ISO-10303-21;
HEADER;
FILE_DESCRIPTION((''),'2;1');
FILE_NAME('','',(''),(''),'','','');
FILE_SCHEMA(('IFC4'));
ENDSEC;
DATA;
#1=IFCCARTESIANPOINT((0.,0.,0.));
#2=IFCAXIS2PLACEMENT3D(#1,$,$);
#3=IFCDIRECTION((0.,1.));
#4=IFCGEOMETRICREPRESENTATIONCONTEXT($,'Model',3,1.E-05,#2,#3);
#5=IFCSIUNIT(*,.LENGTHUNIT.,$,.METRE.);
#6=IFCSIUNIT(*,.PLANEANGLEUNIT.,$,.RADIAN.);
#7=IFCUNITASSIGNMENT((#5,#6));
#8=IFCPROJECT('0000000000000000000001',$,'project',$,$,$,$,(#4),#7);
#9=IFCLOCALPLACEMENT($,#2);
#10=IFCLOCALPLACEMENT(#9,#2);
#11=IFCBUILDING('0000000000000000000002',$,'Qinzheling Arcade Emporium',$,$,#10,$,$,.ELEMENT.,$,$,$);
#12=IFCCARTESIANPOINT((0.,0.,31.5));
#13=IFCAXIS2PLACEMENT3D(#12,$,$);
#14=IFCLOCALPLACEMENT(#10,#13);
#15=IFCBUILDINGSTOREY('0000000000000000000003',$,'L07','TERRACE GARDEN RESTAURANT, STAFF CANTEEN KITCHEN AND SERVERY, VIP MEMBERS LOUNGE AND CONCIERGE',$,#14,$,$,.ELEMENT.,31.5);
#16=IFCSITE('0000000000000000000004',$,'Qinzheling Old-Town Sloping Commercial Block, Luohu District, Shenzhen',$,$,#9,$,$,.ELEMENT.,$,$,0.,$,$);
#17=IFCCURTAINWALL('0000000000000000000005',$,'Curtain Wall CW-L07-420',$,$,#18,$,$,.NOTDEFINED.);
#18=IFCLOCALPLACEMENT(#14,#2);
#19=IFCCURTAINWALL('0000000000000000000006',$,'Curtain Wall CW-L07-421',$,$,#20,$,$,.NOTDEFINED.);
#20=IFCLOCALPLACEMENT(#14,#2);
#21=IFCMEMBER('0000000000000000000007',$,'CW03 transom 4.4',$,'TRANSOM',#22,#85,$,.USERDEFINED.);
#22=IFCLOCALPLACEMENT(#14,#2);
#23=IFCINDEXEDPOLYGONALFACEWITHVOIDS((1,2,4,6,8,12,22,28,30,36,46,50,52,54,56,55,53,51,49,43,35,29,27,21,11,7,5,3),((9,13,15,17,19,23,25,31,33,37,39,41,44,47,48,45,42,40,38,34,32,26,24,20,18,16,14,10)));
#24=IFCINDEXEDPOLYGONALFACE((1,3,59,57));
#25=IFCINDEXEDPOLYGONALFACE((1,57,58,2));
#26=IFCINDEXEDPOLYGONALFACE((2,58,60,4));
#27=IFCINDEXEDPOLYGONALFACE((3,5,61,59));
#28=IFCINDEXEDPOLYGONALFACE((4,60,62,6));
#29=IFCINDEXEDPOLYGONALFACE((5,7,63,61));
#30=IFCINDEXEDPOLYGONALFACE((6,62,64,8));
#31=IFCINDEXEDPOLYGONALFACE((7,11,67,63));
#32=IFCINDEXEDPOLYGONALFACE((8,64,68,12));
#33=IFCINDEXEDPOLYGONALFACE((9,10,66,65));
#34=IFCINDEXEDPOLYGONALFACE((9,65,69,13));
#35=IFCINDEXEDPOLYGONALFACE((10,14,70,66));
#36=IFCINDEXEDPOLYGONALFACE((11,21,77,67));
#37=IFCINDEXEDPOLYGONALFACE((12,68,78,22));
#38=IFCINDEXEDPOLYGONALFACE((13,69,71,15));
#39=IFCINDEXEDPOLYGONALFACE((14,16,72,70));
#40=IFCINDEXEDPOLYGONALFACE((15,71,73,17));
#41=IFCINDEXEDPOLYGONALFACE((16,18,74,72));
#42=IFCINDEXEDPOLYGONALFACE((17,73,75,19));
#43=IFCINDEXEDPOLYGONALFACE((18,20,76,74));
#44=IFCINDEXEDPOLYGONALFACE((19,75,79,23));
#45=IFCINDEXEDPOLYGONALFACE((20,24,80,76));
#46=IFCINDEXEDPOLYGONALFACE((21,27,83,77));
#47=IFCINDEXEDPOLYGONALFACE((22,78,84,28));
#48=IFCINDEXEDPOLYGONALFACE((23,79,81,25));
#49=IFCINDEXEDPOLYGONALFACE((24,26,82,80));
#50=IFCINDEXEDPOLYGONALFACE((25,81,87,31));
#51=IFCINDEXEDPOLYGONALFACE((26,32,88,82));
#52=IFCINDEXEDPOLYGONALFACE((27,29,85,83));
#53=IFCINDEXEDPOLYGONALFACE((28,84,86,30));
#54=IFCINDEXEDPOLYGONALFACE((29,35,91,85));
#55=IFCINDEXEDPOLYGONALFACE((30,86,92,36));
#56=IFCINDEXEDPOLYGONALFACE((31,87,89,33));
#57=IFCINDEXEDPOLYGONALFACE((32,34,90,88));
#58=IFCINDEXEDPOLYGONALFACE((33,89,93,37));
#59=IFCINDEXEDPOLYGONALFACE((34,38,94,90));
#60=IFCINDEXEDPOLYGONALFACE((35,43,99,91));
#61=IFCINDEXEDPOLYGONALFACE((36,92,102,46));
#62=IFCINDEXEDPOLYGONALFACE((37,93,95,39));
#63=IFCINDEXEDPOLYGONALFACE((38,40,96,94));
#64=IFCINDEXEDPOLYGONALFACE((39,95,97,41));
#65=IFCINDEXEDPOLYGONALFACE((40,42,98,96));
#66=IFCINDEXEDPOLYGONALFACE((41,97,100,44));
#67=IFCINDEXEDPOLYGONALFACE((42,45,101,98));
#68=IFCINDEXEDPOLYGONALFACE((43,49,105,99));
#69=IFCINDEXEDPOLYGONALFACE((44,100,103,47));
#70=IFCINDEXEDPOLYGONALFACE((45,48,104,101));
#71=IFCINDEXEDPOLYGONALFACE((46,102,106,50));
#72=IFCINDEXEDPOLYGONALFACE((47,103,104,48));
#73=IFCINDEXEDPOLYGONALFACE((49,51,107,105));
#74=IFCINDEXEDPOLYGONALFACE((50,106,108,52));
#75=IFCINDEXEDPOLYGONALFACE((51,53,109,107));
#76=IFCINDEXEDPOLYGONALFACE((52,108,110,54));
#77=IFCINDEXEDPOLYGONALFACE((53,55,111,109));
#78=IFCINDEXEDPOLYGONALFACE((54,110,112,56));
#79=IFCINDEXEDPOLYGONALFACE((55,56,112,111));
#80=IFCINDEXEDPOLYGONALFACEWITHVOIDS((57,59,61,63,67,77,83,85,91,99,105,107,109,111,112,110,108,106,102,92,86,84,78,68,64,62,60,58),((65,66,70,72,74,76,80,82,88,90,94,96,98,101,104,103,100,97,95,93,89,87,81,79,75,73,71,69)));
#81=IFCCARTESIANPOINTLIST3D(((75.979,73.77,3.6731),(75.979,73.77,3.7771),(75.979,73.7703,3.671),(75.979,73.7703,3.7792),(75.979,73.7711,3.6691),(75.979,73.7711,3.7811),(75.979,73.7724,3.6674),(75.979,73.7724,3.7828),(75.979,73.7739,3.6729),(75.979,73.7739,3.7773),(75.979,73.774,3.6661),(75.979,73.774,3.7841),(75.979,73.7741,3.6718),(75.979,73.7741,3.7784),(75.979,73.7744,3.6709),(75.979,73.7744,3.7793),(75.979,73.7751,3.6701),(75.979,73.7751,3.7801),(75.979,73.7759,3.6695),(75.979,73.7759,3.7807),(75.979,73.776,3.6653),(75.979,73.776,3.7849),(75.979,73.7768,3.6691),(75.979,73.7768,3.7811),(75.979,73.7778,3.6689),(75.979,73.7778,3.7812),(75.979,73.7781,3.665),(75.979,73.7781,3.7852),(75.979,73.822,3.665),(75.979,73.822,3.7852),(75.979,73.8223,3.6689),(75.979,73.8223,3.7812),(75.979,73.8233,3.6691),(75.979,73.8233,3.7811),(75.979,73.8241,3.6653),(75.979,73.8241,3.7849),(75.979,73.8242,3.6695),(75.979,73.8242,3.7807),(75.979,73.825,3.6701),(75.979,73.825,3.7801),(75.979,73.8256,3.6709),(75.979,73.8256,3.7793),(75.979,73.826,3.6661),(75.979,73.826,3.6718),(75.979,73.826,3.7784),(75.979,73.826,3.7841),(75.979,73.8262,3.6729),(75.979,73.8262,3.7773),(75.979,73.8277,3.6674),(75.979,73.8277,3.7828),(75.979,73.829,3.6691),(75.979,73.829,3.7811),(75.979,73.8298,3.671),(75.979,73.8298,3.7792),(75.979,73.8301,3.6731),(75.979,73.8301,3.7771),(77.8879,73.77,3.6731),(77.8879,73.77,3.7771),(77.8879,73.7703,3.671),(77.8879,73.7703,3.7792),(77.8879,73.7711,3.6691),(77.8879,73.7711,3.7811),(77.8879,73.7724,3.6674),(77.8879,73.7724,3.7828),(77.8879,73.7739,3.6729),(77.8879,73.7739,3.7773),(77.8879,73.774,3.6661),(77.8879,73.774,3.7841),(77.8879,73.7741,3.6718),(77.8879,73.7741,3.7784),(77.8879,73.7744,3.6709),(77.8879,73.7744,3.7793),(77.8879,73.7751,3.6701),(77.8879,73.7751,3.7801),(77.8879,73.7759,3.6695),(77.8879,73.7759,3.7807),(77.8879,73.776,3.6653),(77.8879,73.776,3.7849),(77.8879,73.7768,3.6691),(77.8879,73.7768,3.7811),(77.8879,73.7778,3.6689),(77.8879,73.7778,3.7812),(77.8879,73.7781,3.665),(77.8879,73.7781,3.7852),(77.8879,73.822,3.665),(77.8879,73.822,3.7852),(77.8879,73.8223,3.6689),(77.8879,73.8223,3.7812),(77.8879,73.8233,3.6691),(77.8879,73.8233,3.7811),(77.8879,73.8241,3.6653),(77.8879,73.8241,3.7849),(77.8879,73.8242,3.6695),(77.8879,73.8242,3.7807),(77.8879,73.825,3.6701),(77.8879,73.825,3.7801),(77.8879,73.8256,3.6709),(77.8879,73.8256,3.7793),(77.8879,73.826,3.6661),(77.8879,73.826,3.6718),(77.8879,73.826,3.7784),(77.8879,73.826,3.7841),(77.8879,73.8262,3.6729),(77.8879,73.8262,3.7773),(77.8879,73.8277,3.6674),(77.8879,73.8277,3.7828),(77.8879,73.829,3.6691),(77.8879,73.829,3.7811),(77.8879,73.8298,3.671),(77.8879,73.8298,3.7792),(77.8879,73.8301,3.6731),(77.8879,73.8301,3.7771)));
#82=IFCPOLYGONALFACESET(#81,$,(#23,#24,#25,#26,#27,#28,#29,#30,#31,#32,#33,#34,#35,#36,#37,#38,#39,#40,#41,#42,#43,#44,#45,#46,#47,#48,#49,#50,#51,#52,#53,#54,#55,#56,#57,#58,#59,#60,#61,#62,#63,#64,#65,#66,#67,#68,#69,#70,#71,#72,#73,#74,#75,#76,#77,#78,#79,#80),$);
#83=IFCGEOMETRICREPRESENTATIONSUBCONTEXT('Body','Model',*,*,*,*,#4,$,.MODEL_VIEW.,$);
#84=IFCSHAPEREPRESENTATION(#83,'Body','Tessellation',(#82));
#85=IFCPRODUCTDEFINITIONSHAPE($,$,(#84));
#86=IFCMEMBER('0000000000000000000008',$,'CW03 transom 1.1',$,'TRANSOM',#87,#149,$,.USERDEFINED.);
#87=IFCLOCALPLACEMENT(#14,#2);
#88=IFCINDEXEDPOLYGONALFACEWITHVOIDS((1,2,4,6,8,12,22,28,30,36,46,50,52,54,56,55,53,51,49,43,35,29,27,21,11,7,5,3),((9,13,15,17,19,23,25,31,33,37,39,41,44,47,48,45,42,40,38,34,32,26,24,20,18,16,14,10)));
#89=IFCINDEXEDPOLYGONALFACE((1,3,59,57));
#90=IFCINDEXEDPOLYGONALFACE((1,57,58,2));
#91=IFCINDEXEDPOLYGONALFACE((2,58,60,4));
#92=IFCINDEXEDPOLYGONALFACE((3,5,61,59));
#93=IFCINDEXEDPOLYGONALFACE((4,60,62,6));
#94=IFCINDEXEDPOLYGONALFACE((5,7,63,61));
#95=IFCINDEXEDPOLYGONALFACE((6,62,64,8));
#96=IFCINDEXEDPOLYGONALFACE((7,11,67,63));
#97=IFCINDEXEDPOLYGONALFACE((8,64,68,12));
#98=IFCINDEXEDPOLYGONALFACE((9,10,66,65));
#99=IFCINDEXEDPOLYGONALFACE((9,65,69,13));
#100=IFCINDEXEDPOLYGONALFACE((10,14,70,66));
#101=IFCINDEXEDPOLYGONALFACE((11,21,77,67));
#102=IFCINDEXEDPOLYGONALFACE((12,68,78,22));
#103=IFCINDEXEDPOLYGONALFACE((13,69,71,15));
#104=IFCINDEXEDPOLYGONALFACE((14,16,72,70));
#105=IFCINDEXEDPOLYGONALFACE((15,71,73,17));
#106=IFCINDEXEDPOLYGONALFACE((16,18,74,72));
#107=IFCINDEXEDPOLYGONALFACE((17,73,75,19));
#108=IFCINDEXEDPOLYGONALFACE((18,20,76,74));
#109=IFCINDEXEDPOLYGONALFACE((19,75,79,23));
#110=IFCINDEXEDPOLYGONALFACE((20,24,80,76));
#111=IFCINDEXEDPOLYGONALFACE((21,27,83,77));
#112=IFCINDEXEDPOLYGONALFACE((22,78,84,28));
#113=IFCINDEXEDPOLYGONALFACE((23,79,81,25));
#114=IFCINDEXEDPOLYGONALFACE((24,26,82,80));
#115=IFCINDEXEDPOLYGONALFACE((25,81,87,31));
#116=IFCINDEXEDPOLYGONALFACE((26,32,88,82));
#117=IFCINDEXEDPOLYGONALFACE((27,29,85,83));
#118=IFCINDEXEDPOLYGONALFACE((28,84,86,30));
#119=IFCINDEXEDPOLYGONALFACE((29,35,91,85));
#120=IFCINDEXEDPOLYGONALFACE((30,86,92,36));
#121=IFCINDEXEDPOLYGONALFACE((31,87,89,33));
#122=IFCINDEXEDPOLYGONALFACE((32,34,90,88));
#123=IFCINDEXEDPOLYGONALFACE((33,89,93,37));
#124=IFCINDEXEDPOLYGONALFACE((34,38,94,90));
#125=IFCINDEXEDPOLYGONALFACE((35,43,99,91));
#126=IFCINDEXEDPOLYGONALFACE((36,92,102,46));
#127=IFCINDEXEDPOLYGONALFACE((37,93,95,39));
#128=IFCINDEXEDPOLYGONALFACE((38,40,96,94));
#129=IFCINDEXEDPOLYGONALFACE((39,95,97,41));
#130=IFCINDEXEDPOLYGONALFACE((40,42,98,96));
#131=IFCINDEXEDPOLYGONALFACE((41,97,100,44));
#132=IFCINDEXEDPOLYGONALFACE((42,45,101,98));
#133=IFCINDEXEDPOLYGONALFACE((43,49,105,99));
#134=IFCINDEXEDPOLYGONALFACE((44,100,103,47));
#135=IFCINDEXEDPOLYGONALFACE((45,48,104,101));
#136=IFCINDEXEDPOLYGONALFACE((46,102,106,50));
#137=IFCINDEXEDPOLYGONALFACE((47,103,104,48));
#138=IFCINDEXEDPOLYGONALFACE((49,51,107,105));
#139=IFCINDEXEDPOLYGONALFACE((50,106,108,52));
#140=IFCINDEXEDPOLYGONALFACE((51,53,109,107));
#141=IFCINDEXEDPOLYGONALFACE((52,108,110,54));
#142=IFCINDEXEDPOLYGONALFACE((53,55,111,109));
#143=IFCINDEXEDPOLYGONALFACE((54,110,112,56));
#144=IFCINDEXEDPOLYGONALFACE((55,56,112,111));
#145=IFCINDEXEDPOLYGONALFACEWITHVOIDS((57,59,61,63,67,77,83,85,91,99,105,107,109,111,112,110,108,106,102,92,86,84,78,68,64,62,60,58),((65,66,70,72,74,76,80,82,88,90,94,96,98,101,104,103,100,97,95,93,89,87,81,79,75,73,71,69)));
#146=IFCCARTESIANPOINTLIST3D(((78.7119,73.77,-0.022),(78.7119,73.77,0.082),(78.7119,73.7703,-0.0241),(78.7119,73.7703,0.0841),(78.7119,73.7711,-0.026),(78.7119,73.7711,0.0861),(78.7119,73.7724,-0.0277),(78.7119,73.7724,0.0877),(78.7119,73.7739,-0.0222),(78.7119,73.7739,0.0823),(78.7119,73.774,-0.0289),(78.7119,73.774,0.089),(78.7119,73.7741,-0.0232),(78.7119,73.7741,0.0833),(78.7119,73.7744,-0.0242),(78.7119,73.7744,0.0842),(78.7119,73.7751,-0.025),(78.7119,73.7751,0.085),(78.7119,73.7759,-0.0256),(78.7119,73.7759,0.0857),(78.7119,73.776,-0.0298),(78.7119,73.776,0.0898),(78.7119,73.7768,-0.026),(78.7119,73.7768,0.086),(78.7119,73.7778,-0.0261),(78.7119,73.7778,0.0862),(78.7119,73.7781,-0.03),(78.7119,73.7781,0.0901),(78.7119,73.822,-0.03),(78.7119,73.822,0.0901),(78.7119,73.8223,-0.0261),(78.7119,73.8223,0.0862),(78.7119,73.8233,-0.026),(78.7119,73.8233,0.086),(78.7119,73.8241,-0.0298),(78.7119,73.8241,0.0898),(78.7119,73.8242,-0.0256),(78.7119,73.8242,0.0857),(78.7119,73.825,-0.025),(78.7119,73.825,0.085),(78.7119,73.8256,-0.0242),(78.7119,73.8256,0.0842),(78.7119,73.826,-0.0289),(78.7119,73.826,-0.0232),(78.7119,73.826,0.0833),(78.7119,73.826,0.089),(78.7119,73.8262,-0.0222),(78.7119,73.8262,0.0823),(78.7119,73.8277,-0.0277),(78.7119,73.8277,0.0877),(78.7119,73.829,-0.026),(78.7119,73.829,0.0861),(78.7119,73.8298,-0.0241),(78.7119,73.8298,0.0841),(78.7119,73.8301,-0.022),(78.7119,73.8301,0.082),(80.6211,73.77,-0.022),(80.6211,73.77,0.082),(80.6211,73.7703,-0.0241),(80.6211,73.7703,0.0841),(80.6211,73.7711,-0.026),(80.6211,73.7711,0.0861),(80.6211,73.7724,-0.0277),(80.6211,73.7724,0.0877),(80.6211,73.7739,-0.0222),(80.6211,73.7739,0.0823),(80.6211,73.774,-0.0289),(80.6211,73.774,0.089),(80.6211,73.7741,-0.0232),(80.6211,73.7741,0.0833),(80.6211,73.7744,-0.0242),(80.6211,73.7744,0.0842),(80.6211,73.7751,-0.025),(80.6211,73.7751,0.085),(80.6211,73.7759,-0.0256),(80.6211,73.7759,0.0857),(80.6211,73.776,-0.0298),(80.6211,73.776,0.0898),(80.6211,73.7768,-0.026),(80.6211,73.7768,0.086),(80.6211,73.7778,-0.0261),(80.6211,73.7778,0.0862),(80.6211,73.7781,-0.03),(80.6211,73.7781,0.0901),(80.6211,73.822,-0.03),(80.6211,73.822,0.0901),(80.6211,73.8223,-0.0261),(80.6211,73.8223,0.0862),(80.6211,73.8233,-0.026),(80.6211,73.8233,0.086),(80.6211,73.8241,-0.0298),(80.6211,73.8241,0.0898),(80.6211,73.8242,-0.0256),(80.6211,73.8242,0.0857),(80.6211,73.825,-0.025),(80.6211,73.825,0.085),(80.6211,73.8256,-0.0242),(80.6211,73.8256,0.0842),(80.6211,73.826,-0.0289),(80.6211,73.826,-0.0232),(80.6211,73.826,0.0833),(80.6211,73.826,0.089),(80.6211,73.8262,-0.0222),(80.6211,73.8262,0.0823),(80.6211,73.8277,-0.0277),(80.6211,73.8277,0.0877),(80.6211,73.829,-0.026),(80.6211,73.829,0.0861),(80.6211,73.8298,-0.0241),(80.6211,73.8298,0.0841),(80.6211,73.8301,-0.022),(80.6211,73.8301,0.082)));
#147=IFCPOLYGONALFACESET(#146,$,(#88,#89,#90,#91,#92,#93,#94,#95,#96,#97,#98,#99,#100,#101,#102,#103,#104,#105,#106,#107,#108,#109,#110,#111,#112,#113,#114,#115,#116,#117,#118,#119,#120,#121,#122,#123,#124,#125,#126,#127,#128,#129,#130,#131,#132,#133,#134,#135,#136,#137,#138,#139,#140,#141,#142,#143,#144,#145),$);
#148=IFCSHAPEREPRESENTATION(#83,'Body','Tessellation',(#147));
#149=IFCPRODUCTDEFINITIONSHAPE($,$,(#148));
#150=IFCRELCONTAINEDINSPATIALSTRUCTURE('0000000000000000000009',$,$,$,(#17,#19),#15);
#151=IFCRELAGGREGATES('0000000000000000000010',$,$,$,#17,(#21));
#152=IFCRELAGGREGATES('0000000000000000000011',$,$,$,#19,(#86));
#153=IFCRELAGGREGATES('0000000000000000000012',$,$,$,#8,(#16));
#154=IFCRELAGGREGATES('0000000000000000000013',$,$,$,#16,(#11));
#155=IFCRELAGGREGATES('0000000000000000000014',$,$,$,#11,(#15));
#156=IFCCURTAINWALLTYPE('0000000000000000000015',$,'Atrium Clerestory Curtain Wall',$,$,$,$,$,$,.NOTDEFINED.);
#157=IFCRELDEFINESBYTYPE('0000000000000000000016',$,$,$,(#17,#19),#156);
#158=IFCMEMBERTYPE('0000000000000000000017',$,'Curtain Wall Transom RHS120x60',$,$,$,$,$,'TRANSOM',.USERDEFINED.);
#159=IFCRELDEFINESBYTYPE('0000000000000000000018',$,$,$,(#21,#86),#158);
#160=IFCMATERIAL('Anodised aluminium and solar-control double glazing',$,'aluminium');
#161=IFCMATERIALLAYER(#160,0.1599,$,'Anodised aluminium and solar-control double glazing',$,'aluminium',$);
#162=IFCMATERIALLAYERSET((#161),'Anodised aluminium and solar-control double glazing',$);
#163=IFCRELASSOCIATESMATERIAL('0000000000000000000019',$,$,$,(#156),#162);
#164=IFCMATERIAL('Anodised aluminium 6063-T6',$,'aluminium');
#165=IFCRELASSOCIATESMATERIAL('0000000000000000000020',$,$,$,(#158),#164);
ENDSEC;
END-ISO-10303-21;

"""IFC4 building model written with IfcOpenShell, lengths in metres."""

from ifc_helpers import new_model, si_unit, direction, frame, origin, origin_2d, place, context, subcontext, project, spatial, hollow_rectangle, extrude, material, layer, layer_set, material_profile, profile_set, type_object, element, aggregate, save


model = new_model("IFC4")

# Units and contexts
model_context = context("Model", 3, precision=1e-05, world=origin(), true_north=direction((0.0, 1.0)))
body_context = subcontext(model_context, "Body", "Model", "MODEL_VIEW")
ifc_project = project(units=[si_unit("LENGTHUNIT", "METRE"), si_unit("PLANEANGLEUNIT", "RADIAN")], contexts=[model_context])

# Site, building, storey
site_placement = place(None, origin())
site = spatial("IfcSite", under=ifc_project, at=site_placement, Name="Qinzheling Old-Town Sloping Commercial Block, Luohu District, Shenzhen", CompositionType="ELEMENT", RefElevation=0.0)
building_placement = place(site_placement, origin())
building = spatial("IfcBuilding", under=site, at=building_placement, Name="Qinzheling Arcade Emporium", CompositionType="ELEMENT")
storey_placement = place(building_placement, frame((0.0, 0.0, 31.5)))
storey = spatial("IfcBuildingStorey", under=building, at=storey_placement, Name="L07", Description="TERRACE GARDEN RESTAURANT, STAFF CANTEEN KITCHEN AND SERVERY, VIP MEMBERS LOUNGE AND CONCIERGE", CompositionType="ELEMENT", Elevation=31.5)

# Curtain wall
ifc_material_1 = material(Name="Anodised aluminium and solar-control double glazing", Category="aluminium")
ifc_layer_1 = layer(ifc_material_1, 0.1599, Name="Anodised aluminium and solar-control double glazing", Category="aluminium")
ifc_layer_set_1 = layer_set([ifc_layer_1], Name="Anodised aluminium and solar-control double glazing")
curtain_wall_type = type_object("IfcCurtainWallType", Name="Atrium Clerestory Curtain Wall", PredefinedType="NOTDEFINED", material=ifc_layer_set_1)
curtain_wall_1_placement = place(storey_placement, origin())
curtain_wall_1 = element("IfcCurtainWall", 1, at=curtain_wall_1_placement, inside=storey, type_object=curtain_wall_type, Name="Curtain Wall CW-L07-420", PredefinedType="NOTDEFINED")
ifc_material_2 = material(Name="Anodised aluminium 6063-T6", Category="aluminium")

# Curtain wall
curtain_wall_2_placement = place(storey_placement, origin())
curtain_wall_2 = element("IfcCurtainWall", 2, at=curtain_wall_2_placement, inside=storey, type_object=curtain_wall_type, Name="Curtain Wall CW-L07-421", PredefinedType="NOTDEFINED")

# Members
ifc_material_profile_1 = material_profile(ifc_material_2, hollow_rectangle(XDim=0.0601, YDim=0.1201, WallThickness=0.0039, InnerFilletRadius=0.0039, OuterFilletRadius=0.0081, at=origin_2d()), Name="RHS 120x60x4", Category="aluminium")
ifc_profile_set_1 = profile_set([ifc_material_profile_1], Name="Anodised aluminium 6063-T6")
member_type_1 = type_object("IfcMemberType", Name="Curtain Wall Transom RHS120x60", ElementType="TRANSOM", PredefinedType="USERDEFINED", material=ifc_profile_set_1)
member_1_placement = place(storey_placement, frame((75.979, 73.8, 3.7251), z_axis=(1.0, 0.0, 0.0), x_axis=(0.0, 1.0, 0.0)))
member_1 = element("IfcMember", 3, at=member_1_placement, type_object=member_type_1, Name="CW03 transom 4.4", ObjectType="TRANSOM", PredefinedType="USERDEFINED", context=body_context, shape_type="SweptSolid", body=[
    extrude(hollow_rectangle(XDim=0.0601, YDim=0.1201, WallThickness=0.0039, InnerFilletRadius=0.0039, OuterFilletRadius=0.0081, at=origin_2d()), origin(), (0.0, 0.0, 1.0), 1.9089),
])
member_2_placement = place(storey_placement, frame((78.7119, 73.8, 0.03), z_axis=(1.0, 0.0, 0.0), x_axis=(0.0, 1.0, 0.0)))
member_2 = element("IfcMember", 4, at=member_2_placement, type_object=member_type_1, Name="CW03 transom 1.1", ObjectType="TRANSOM", PredefinedType="USERDEFINED", context=body_context, shape_type="SweptSolid", body=[
    extrude(hollow_rectangle(XDim=0.0601, YDim=0.1201, WallThickness=0.0039, InnerFilletRadius=0.0039, OuterFilletRadius=0.0081, at=origin_2d()), origin(), (0.0, 0.0, 1.0), 1.9092),
])

aggregate(curtain_wall_1, [member_1])
aggregate(curtain_wall_2, [member_2])

save(model, "model.ifc")
